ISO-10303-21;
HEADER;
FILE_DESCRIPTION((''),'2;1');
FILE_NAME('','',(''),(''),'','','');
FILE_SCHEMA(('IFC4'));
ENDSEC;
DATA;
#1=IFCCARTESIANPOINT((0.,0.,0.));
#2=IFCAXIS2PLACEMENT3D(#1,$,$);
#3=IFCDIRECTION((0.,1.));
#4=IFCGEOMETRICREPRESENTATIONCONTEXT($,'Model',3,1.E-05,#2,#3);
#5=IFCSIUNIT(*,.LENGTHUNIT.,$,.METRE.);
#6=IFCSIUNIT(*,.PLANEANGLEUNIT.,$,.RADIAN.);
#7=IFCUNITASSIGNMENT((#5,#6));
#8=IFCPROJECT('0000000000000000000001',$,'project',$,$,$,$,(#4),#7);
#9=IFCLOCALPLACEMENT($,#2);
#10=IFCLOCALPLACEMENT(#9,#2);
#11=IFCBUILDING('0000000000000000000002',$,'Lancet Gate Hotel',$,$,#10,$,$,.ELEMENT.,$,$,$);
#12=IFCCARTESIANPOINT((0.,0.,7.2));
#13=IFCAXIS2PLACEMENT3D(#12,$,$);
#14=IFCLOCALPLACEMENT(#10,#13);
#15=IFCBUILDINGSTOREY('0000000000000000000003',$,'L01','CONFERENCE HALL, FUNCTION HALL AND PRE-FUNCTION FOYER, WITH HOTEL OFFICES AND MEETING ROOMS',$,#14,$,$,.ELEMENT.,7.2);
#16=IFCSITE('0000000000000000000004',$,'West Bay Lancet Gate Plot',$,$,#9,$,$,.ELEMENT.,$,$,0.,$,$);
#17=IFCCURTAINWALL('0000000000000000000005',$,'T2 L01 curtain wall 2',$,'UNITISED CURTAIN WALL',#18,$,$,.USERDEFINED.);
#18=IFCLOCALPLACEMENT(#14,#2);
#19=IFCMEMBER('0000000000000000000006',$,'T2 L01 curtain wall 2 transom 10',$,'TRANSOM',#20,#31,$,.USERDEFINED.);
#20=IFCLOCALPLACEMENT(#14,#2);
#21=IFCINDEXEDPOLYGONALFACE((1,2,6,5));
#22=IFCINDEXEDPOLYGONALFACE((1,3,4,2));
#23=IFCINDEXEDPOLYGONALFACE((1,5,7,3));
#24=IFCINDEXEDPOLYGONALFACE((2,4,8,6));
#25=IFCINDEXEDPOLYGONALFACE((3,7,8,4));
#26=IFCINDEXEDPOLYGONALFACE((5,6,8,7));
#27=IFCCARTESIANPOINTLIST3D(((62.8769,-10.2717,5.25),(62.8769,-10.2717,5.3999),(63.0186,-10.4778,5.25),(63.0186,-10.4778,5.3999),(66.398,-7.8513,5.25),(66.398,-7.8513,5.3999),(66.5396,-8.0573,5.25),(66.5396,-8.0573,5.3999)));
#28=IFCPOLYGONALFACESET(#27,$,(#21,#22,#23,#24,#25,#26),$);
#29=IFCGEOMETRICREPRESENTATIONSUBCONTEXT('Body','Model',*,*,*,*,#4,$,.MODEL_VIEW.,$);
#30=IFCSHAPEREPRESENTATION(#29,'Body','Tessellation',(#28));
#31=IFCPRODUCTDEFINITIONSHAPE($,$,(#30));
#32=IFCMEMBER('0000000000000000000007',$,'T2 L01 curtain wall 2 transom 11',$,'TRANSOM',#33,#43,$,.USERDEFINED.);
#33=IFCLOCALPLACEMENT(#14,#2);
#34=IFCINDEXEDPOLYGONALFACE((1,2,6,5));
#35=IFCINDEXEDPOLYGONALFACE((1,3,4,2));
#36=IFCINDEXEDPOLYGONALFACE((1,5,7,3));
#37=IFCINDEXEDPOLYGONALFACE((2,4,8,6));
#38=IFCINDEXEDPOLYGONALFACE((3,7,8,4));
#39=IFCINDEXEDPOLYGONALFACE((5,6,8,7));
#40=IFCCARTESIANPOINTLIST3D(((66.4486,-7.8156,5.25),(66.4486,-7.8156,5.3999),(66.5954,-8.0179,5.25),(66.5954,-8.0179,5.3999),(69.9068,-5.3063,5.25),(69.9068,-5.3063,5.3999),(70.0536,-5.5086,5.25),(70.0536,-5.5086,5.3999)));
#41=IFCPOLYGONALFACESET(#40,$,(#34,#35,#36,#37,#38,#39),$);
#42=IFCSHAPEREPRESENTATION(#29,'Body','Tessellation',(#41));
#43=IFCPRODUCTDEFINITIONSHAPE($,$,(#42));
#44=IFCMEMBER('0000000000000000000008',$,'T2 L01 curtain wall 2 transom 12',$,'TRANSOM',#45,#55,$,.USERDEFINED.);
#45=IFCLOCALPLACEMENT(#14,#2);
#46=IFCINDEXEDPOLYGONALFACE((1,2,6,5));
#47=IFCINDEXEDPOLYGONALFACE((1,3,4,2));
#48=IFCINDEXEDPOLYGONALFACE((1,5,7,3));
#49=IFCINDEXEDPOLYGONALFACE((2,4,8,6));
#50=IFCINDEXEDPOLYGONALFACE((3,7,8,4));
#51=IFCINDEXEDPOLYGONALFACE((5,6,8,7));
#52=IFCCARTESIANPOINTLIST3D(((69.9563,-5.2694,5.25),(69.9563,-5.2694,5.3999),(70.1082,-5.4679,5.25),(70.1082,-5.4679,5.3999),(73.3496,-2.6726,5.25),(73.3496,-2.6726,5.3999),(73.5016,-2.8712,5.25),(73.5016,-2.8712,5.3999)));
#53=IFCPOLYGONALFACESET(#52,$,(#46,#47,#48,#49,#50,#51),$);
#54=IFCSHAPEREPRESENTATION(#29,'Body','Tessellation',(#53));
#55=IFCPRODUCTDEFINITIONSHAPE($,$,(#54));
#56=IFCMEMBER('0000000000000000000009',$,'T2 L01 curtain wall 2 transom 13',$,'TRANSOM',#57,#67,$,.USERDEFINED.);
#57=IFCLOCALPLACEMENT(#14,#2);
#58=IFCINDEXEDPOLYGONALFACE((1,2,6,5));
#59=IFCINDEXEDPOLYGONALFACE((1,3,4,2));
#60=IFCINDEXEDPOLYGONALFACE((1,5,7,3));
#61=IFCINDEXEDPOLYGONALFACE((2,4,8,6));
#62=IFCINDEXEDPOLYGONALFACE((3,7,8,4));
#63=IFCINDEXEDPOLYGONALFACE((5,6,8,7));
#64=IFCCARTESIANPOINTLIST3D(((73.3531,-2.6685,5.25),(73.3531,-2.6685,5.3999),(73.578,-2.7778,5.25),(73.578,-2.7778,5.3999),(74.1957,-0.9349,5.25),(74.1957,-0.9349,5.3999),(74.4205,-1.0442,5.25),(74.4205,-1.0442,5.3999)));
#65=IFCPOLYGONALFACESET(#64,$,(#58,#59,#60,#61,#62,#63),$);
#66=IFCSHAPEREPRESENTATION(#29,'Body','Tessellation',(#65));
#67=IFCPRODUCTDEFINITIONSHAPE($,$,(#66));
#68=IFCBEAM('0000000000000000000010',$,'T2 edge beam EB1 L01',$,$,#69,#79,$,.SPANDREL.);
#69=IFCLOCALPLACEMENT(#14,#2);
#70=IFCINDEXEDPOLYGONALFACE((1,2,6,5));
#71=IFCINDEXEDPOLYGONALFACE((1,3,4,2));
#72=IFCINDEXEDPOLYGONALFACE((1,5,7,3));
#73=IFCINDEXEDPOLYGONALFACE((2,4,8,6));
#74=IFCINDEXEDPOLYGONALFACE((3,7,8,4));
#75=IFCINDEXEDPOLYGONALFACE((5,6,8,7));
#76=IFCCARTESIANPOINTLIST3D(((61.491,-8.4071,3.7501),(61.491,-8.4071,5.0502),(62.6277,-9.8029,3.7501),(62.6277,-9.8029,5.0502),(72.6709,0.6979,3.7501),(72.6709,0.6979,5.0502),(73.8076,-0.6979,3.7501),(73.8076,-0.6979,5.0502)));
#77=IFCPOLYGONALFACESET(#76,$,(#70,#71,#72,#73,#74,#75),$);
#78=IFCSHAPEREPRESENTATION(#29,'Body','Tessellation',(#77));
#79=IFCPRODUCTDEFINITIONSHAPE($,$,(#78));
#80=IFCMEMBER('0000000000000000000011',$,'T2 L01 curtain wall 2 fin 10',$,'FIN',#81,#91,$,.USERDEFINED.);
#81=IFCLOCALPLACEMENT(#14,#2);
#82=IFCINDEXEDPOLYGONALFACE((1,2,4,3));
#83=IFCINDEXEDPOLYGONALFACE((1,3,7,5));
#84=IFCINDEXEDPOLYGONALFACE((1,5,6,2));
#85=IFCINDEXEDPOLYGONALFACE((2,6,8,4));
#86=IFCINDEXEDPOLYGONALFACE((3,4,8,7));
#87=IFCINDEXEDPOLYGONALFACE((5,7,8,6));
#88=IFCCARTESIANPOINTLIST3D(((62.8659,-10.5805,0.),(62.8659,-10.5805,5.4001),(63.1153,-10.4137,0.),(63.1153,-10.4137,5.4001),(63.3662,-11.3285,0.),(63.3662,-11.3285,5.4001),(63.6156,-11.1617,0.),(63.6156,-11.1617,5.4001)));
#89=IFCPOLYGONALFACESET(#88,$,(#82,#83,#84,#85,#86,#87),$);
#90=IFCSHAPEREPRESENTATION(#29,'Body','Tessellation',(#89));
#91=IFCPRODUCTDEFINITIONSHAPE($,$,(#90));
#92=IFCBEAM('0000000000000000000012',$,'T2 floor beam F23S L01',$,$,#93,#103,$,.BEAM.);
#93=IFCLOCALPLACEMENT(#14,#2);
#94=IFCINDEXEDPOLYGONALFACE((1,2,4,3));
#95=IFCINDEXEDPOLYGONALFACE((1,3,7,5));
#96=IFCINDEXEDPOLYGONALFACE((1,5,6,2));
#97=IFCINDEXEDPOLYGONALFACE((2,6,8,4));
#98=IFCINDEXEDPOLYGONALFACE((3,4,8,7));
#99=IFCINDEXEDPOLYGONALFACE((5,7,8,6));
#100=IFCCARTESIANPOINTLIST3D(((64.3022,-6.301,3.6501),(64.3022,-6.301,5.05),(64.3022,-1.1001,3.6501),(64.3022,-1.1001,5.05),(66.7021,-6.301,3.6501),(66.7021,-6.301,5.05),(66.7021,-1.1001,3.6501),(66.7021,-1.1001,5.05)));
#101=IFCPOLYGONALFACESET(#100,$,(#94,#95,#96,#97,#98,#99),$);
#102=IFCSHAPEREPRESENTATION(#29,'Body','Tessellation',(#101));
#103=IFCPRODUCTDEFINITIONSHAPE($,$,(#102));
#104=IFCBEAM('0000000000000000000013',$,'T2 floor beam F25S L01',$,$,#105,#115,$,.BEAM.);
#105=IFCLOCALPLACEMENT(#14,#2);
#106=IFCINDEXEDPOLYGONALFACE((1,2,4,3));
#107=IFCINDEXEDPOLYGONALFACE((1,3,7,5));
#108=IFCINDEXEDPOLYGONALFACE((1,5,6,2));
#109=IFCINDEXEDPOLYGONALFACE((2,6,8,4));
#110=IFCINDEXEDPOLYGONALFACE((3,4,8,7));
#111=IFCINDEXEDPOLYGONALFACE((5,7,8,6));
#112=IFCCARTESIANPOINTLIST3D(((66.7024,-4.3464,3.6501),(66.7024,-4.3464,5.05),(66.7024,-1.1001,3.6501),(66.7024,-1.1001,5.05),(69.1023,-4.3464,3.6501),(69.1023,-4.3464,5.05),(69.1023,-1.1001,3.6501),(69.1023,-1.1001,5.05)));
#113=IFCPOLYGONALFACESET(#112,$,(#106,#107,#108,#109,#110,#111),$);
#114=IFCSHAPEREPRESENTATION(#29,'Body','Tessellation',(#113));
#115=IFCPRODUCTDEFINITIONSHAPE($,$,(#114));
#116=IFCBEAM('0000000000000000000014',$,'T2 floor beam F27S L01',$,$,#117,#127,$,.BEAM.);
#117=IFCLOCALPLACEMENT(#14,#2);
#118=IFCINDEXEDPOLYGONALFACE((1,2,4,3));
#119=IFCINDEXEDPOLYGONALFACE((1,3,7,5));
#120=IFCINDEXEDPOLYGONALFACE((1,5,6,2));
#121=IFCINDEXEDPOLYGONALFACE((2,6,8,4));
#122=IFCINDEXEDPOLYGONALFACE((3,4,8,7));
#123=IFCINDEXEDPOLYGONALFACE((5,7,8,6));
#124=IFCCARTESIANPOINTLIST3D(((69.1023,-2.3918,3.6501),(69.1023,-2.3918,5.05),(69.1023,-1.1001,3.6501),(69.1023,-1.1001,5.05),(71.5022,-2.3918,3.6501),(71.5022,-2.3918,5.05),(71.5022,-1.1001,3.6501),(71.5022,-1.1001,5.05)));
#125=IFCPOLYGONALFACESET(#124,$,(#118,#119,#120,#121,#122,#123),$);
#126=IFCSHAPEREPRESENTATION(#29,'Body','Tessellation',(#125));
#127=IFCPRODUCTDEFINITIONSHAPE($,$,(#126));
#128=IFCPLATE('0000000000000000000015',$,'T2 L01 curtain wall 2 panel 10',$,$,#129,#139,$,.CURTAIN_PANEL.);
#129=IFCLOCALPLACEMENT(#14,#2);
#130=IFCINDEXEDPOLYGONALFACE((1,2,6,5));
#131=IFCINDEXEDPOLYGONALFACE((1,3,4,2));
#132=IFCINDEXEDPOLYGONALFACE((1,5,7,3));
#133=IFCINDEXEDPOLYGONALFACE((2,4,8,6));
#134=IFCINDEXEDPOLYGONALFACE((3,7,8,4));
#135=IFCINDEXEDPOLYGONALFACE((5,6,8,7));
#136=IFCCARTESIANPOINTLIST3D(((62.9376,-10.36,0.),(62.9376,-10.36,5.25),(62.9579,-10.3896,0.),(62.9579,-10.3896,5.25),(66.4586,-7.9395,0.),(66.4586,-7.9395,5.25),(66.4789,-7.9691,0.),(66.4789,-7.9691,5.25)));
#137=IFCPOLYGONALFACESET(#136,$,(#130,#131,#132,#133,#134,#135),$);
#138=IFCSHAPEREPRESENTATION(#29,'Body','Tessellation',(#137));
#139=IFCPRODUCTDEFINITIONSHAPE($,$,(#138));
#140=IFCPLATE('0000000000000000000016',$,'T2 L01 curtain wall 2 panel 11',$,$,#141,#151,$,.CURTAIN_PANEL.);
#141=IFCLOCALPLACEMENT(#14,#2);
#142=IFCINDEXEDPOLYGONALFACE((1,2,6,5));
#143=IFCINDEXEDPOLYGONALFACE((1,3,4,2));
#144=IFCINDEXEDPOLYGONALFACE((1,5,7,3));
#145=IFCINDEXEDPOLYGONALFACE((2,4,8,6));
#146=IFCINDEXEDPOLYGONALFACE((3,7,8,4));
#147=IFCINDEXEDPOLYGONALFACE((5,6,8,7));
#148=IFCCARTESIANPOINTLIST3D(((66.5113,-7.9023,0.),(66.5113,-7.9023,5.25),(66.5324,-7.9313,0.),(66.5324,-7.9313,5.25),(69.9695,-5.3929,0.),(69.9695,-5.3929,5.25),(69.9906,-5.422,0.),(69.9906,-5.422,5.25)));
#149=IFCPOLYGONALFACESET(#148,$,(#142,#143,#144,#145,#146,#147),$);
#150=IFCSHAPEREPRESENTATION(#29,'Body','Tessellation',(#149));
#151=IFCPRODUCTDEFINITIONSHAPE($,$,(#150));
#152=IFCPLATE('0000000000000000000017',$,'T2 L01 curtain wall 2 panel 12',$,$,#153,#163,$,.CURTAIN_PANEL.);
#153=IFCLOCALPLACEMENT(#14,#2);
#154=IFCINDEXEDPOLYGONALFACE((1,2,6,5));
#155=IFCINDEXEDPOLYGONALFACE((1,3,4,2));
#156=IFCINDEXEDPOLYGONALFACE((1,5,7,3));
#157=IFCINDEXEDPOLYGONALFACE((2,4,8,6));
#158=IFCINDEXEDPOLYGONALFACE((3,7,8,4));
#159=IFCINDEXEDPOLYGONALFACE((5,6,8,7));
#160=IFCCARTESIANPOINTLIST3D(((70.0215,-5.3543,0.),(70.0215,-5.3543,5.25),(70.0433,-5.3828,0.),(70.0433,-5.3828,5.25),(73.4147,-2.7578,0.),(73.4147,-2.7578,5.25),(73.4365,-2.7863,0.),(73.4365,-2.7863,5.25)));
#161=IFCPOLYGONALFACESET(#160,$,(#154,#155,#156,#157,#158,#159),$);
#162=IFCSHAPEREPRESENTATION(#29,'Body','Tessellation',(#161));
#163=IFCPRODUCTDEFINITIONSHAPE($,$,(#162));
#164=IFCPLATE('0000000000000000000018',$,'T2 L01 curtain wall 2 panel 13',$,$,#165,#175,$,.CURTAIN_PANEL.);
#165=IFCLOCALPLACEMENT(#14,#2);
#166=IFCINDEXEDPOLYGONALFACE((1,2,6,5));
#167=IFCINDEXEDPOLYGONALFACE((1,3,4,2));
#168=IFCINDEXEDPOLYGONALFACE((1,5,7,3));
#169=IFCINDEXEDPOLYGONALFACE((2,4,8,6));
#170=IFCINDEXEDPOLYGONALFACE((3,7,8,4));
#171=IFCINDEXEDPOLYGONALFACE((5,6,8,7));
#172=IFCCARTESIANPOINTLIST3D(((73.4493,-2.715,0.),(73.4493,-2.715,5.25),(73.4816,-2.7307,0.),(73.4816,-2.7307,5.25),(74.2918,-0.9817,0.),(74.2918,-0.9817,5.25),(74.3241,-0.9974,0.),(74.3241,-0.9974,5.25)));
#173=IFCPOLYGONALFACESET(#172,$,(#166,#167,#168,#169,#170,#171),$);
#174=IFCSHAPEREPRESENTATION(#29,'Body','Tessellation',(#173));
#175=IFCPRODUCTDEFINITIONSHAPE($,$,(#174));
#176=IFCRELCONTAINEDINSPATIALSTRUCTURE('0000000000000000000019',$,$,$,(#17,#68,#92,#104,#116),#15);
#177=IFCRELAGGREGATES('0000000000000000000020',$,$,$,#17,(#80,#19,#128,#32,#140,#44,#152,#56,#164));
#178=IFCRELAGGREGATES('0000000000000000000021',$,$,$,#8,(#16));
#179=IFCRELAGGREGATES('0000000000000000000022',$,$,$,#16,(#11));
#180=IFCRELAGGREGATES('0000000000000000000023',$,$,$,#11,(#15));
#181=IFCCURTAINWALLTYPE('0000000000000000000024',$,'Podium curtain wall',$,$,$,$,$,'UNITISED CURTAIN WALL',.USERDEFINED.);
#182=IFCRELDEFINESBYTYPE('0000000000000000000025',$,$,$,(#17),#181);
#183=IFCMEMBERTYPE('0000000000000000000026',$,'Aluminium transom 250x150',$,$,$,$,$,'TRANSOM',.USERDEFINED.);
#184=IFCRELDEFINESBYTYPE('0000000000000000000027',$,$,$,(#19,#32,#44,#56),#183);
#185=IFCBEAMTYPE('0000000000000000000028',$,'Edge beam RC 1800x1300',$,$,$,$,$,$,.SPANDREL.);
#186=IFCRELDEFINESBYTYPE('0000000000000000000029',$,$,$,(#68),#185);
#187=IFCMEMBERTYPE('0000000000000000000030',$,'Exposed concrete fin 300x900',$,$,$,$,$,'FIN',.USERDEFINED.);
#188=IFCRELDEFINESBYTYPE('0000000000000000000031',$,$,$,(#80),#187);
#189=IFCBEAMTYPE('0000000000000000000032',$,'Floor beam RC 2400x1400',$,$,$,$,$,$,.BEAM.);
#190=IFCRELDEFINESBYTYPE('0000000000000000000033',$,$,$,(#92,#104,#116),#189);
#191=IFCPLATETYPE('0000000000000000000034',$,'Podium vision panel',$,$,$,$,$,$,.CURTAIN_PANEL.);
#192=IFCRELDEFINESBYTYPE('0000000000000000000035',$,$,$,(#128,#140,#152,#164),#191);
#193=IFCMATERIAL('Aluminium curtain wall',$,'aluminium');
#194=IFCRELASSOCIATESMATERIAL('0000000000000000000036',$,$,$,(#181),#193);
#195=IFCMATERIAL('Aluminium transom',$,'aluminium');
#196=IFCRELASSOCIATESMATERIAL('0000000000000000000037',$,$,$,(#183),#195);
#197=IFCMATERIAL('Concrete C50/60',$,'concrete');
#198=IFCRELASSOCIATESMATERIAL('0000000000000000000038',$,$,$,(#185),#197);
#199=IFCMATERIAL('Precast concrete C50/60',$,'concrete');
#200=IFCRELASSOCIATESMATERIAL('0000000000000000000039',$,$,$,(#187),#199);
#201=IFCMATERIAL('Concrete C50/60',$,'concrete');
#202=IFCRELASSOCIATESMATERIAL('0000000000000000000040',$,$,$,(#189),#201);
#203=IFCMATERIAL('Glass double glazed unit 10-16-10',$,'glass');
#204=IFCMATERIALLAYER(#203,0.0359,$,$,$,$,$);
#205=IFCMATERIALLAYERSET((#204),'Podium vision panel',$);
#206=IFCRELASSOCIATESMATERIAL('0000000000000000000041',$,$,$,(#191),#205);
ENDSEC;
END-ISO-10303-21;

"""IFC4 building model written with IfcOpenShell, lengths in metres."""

from ifc_helpers import new_model, si_unit, direction, frame, origin, origin_2d, place, context, subcontext, project, spatial, rectangle, extrude, material, layer, layer_set, material_profile, profile_set, type_object, element, aggregate, save


model = new_model("IFC4")

# Units and contexts
model_context = context("Model", 3, precision=1e-05, world=origin(), true_north=direction((0.0, 1.0)))
body_context = subcontext(model_context, "Body", "Model", "MODEL_VIEW")
ifc_project = project(units=[si_unit("LENGTHUNIT", "METRE"), si_unit("PLANEANGLEUNIT", "RADIAN")], contexts=[model_context])

# Site, building, storey
site_placement = place(None, origin())
site = spatial("IfcSite", under=ifc_project, at=site_placement, Name="West Bay Lancet Gate Plot", CompositionType="ELEMENT", RefElevation=0.0)
building_placement = place(site_placement, origin())
building = spatial("IfcBuilding", under=site, at=building_placement, Name="Lancet Gate Hotel", CompositionType="ELEMENT")
storey_placement = place(building_placement, frame((0.0, 0.0, 7.2)))
storey = spatial("IfcBuildingStorey", under=building, at=storey_placement, Name="L01", Description="CONFERENCE HALL, FUNCTION HALL AND PRE-FUNCTION FOYER, WITH HOTEL OFFICES AND MEETING ROOMS", CompositionType="ELEMENT", Elevation=7.2)

# Curtain wall, members
ifc_material_1 = material(Name="Aluminium curtain wall", Category="aluminium")
curtain_wall_type = type_object("IfcCurtainWallType", Name="Podium curtain wall", ElementType="UNITISED CURTAIN WALL", PredefinedType="USERDEFINED", material=ifc_material_1)
curtain_wall_placement = place(storey_placement, origin())
curtain_wall = element("IfcCurtainWall", 1, at=curtain_wall_placement, inside=storey, type_object=curtain_wall_type, Name="T2 L01 curtain wall 2", ObjectType="UNITISED CURTAIN WALL", PredefinedType="USERDEFINED")
ifc_material_2 = material(Name="Aluminium transom", Category="aluminium")
ifc_material_profile_1 = material_profile(ifc_material_2, rectangle(XDim=0.25, YDim=0.1499, at=origin_2d()), Name="TRANSOM 250x150")
ifc_profile_set_1 = profile_set([ifc_material_profile_1], Name="Aluminium transom")
member_type_1 = type_object("IfcMemberType", Name="Aluminium transom 250x150", ElementType="TRANSOM", PredefinedType="USERDEFINED", material=ifc_profile_set_1)
member_1_placement = place(storey_placement, frame((62.9478, -10.3748, 5.325), z_axis=(0.824072, 0.566485, 0.0), x_axis=(-0.566485, 0.824072, 0.0)))
member_1 = element("IfcMember", 2, at=member_1_placement, type_object=member_type_1, Name="T2 L01 curtain wall 2 transom 10", ObjectType="TRANSOM", PredefinedType="USERDEFINED", context=body_context, shape_type="SweptSolid", body=[
    extrude(rectangle(XDim=0.25, YDim=0.1499, at=origin_2d()), origin(), (0.0, 0.0, 1.0), 4.2727),
])
member_2_placement = place(storey_placement, frame((66.522, -7.9167, 5.325), z_axis=(0.809383, 0.587281, 0.0), x_axis=(-0.587281, 0.809383, 0.0)))
member_2 = element("IfcMember", 3, at=member_2_placement, type_object=member_type_1, Name="T2 L01 curtain wall 2 transom 11", ObjectType="TRANSOM", PredefinedType="USERDEFINED", context=body_context, shape_type="SweptSolid", body=[
    extrude(rectangle(XDim=0.25, YDim=0.1499, at=origin_2d()), origin(), (0.0, 0.0, 1.0), 4.2727),
])
member_3_placement = place(storey_placement, frame((70.0322, -5.3687, 5.325), z_axis=(0.794155, 0.607715, 0.0), x_axis=(-0.607715, 0.794155, 0.0)))
member_3 = element("IfcMember", 4, at=member_3_placement, type_object=member_type_1, Name="T2 L01 curtain wall 2 transom 12", ObjectType="TRANSOM", PredefinedType="USERDEFINED", context=body_context, shape_type="SweptSolid", body=[
    extrude(rectangle(XDim=0.25, YDim=0.1499, at=origin_2d()), origin(), (0.0, 0.0, 1.0), 4.2729),
])
member_4_placement = place(storey_placement, frame((73.4656, -2.7231, 5.325), z_axis=(0.437103, 0.899411, 0.0), x_axis=(-0.899411, 0.437103, 0.0)))
member_4 = element("IfcMember", 5, at=member_4_placement, type_object=member_type_1, Name="T2 L01 curtain wall 2 transom 13", ObjectType="TRANSOM", PredefinedType="USERDEFINED", context=body_context, shape_type="SweptSolid", body=[
    extrude(rectangle(XDim=0.25, YDim=0.1499, at=origin_2d()), origin(), (0.0, 0.0, 1.0), 1.9275),
])

# Beam
ifc_material_3 = material(Name="Concrete C50/60", Category="concrete")
ifc_material_profile_2 = material_profile(ifc_material_3, rectangle(XDim=1.8, YDim=1.3, at=origin_2d()), Name="RC 1800x1300")
ifc_profile_set_2 = profile_set([ifc_material_profile_2], Name="Concrete C50/60")
beam_type_1 = type_object("IfcBeamType", Name="Edge beam RC 1800x1300", PredefinedType="SPANDREL", material=ifc_profile_set_2)
beam_1_placement = place(storey_placement, frame((62.0593, -9.105, 4.4001), z_axis=(0.775391, 0.631481, 0.0), x_axis=(-0.631481, 0.775391, 0.0)))
element("IfcBeam", 6, at=beam_1_placement, inside=storey, type_object=beam_type_1, Name="T2 edge beam EB1 L01", PredefinedType="SPANDREL", context=body_context, shape_type="SweptSolid", body=[
    extrude(rectangle(XDim=1.8, YDim=1.3, at=origin_2d()), origin(), (0.0, 0.0, 1.0), 14.4185),
])

# Member
ifc_material_4 = material(Name="Precast concrete C50/60", Category="concrete")
ifc_material_profile_3 = material_profile(ifc_material_4, rectangle(XDim=0.3, YDim=0.8999, at=origin_2d()), Name="FIN 300x900")
ifc_profile_set_3 = profile_set([ifc_material_profile_3], Name="Precast concrete C50/60")
member_type_2 = type_object("IfcMemberType", Name="Exposed concrete fin 300x900", ElementType="FIN", PredefinedType="USERDEFINED", material=ifc_profile_set_3)
member_5_placement = place(storey_placement, frame((63.2407, -10.8711, 0.0), z_axis=(0.0, 0.0, 1.0), x_axis=(0.831198, 0.555976, 0.0)))
member_5 = element("IfcMember", 7, at=member_5_placement, type_object=member_type_2, Name="T2 L01 curtain wall 2 fin 10", ObjectType="FIN", PredefinedType="USERDEFINED", context=body_context, shape_type="SweptSolid", body=[
    extrude(rectangle(XDim=0.3, YDim=0.8999, at=origin_2d()), origin(), (0.0, 0.0, 1.0), 5.4001),
])

# Beams
ifc_material_5 = material(Name="Concrete C50/60", Category="concrete")
ifc_material_profile_4 = material_profile(ifc_material_5, rectangle(XDim=2.3999, YDim=1.3999, at=origin_2d()), Name="RC 2400x1400")
ifc_profile_set_4 = profile_set([ifc_material_profile_4], Name="Concrete C50/60")
beam_type_2 = type_object("IfcBeamType", Name="Floor beam RC 2400x1400", PredefinedType="BEAM", material=ifc_profile_set_4)
beam_2_placement = place(storey_placement, frame((65.5022, -6.301, 4.3501), z_axis=(0.0, 1.0, 0.0), x_axis=(-1.0, 0.0, 0.0)))
element("IfcBeam", 8, at=beam_2_placement, inside=storey, type_object=beam_type_2, Name="T2 floor beam F23S L01", PredefinedType="BEAM", context=body_context, shape_type="SweptSolid", body=[
    extrude(rectangle(XDim=2.3999, YDim=1.3999, at=origin_2d()), origin(), (0.0, 0.0, 1.0), 5.2009),
])
beam_3_placement = place(storey_placement, frame((67.9023, -4.3464, 4.3501), z_axis=(0.0, 1.0, 0.0), x_axis=(-1.0, 0.0, 0.0)))
element("IfcBeam", 9, at=beam_3_placement, inside=storey, type_object=beam_type_2, Name="T2 floor beam F25S L01", PredefinedType="BEAM", context=body_context, shape_type="SweptSolid", body=[
    extrude(rectangle(XDim=2.3999, YDim=1.3999, at=origin_2d()), origin(), (0.0, 0.0, 1.0), 3.2463),
])
beam_4_placement = place(storey_placement, frame((70.3022, -2.3918, 4.3501), z_axis=(0.0, 1.0, 0.0), x_axis=(-1.0, 0.0, 0.0)))
element("IfcBeam", 10, at=beam_4_placement, inside=storey, type_object=beam_type_2, Name="T2 floor beam F27S L01", PredefinedType="BEAM", context=body_context, shape_type="SweptSolid", body=[
    extrude(rectangle(XDim=2.3999, YDim=1.3999, at=origin_2d()), origin(), (0.0, 0.0, 1.0), 1.2917),
])

# Plates
ifc_material_6 = material(Name="Glass double glazed unit 10-16-10", Category="glass")
ifc_layer = layer(ifc_material_6, 0.0359)
ifc_layer_set = layer_set([ifc_layer], Name="Podium vision panel")
plate_type = type_object("IfcPlateType", Name="Podium vision panel", PredefinedType="CURTAIN_PANEL", material=ifc_layer_set)
plate_1_placement = place(storey_placement, frame((64.7083, -9.1646, 0.0), z_axis=(0.0, 0.0, 1.0), x_axis=(0.824055, 0.566509, 0.0)))
plate_1 = element("IfcPlate", 11, at=plate_1_placement, type_object=plate_type, Name="T2 L01 curtain wall 2 panel 10", PredefinedType="CURTAIN_PANEL", context=body_context, shape_type="SweptSolid", body=[
    extrude(rectangle(XDim=4.2727, YDim=0.0359, at=origin_2d()), origin(), (0.0, 0.0, 1.0), 5.25),
])
plate_2_placement = place(storey_placement, frame((68.251, -6.6621, 0.0), z_axis=(0.0, 0.0, 1.0), x_axis=(0.80937, 0.587299, 0.0)))
plate_2 = element("IfcPlate", 12, at=plate_2_placement, type_object=plate_type, Name="T2 L01 curtain wall 2 panel 11", PredefinedType="CURTAIN_PANEL", context=body_context, shape_type="SweptSolid", body=[
    extrude(rectangle(XDim=4.2727, YDim=0.0359, at=origin_2d()), origin(), (0.0, 0.0, 1.0), 5.25),
])
plate_3_placement = place(storey_placement, frame((71.729, -4.0703, 0.0), z_axis=(0.0, 0.0, 1.0), x_axis=(0.79416, 0.607709, 0.0)))
plate_3 = element("IfcPlate", 13, at=plate_3_placement, type_object=plate_type, Name="T2 L01 curtain wall 2 panel 12", PredefinedType="CURTAIN_PANEL", context=body_context, shape_type="SweptSolid", body=[
    extrude(rectangle(XDim=4.2727, YDim=0.0359, at=origin_2d()), origin(), (0.0, 0.0, 1.0), 5.25),
])
plate_4_placement = place(storey_placement, frame((73.8867, -1.8562, 0.0), z_axis=(0.0, 0.0, 1.0), x_axis=(0.437169, 0.899379, 0.0)))
plate_4 = element("IfcPlate", 14, at=plate_4_placement, type_object=plate_type, Name="T2 L01 curtain wall 2 panel 13", PredefinedType="CURTAIN_PANEL", context=body_context, shape_type="SweptSolid", body=[
    extrude(rectangle(XDim=1.9272, YDim=0.0359, at=origin_2d()), origin(), (0.0, 0.0, 1.0), 5.25),
])
aggregate(curtain_wall, [member_5, member_1, plate_1, member_2, plate_2, member_3, plate_3, member_4, plate_4])

save(model, "model.ifc")
